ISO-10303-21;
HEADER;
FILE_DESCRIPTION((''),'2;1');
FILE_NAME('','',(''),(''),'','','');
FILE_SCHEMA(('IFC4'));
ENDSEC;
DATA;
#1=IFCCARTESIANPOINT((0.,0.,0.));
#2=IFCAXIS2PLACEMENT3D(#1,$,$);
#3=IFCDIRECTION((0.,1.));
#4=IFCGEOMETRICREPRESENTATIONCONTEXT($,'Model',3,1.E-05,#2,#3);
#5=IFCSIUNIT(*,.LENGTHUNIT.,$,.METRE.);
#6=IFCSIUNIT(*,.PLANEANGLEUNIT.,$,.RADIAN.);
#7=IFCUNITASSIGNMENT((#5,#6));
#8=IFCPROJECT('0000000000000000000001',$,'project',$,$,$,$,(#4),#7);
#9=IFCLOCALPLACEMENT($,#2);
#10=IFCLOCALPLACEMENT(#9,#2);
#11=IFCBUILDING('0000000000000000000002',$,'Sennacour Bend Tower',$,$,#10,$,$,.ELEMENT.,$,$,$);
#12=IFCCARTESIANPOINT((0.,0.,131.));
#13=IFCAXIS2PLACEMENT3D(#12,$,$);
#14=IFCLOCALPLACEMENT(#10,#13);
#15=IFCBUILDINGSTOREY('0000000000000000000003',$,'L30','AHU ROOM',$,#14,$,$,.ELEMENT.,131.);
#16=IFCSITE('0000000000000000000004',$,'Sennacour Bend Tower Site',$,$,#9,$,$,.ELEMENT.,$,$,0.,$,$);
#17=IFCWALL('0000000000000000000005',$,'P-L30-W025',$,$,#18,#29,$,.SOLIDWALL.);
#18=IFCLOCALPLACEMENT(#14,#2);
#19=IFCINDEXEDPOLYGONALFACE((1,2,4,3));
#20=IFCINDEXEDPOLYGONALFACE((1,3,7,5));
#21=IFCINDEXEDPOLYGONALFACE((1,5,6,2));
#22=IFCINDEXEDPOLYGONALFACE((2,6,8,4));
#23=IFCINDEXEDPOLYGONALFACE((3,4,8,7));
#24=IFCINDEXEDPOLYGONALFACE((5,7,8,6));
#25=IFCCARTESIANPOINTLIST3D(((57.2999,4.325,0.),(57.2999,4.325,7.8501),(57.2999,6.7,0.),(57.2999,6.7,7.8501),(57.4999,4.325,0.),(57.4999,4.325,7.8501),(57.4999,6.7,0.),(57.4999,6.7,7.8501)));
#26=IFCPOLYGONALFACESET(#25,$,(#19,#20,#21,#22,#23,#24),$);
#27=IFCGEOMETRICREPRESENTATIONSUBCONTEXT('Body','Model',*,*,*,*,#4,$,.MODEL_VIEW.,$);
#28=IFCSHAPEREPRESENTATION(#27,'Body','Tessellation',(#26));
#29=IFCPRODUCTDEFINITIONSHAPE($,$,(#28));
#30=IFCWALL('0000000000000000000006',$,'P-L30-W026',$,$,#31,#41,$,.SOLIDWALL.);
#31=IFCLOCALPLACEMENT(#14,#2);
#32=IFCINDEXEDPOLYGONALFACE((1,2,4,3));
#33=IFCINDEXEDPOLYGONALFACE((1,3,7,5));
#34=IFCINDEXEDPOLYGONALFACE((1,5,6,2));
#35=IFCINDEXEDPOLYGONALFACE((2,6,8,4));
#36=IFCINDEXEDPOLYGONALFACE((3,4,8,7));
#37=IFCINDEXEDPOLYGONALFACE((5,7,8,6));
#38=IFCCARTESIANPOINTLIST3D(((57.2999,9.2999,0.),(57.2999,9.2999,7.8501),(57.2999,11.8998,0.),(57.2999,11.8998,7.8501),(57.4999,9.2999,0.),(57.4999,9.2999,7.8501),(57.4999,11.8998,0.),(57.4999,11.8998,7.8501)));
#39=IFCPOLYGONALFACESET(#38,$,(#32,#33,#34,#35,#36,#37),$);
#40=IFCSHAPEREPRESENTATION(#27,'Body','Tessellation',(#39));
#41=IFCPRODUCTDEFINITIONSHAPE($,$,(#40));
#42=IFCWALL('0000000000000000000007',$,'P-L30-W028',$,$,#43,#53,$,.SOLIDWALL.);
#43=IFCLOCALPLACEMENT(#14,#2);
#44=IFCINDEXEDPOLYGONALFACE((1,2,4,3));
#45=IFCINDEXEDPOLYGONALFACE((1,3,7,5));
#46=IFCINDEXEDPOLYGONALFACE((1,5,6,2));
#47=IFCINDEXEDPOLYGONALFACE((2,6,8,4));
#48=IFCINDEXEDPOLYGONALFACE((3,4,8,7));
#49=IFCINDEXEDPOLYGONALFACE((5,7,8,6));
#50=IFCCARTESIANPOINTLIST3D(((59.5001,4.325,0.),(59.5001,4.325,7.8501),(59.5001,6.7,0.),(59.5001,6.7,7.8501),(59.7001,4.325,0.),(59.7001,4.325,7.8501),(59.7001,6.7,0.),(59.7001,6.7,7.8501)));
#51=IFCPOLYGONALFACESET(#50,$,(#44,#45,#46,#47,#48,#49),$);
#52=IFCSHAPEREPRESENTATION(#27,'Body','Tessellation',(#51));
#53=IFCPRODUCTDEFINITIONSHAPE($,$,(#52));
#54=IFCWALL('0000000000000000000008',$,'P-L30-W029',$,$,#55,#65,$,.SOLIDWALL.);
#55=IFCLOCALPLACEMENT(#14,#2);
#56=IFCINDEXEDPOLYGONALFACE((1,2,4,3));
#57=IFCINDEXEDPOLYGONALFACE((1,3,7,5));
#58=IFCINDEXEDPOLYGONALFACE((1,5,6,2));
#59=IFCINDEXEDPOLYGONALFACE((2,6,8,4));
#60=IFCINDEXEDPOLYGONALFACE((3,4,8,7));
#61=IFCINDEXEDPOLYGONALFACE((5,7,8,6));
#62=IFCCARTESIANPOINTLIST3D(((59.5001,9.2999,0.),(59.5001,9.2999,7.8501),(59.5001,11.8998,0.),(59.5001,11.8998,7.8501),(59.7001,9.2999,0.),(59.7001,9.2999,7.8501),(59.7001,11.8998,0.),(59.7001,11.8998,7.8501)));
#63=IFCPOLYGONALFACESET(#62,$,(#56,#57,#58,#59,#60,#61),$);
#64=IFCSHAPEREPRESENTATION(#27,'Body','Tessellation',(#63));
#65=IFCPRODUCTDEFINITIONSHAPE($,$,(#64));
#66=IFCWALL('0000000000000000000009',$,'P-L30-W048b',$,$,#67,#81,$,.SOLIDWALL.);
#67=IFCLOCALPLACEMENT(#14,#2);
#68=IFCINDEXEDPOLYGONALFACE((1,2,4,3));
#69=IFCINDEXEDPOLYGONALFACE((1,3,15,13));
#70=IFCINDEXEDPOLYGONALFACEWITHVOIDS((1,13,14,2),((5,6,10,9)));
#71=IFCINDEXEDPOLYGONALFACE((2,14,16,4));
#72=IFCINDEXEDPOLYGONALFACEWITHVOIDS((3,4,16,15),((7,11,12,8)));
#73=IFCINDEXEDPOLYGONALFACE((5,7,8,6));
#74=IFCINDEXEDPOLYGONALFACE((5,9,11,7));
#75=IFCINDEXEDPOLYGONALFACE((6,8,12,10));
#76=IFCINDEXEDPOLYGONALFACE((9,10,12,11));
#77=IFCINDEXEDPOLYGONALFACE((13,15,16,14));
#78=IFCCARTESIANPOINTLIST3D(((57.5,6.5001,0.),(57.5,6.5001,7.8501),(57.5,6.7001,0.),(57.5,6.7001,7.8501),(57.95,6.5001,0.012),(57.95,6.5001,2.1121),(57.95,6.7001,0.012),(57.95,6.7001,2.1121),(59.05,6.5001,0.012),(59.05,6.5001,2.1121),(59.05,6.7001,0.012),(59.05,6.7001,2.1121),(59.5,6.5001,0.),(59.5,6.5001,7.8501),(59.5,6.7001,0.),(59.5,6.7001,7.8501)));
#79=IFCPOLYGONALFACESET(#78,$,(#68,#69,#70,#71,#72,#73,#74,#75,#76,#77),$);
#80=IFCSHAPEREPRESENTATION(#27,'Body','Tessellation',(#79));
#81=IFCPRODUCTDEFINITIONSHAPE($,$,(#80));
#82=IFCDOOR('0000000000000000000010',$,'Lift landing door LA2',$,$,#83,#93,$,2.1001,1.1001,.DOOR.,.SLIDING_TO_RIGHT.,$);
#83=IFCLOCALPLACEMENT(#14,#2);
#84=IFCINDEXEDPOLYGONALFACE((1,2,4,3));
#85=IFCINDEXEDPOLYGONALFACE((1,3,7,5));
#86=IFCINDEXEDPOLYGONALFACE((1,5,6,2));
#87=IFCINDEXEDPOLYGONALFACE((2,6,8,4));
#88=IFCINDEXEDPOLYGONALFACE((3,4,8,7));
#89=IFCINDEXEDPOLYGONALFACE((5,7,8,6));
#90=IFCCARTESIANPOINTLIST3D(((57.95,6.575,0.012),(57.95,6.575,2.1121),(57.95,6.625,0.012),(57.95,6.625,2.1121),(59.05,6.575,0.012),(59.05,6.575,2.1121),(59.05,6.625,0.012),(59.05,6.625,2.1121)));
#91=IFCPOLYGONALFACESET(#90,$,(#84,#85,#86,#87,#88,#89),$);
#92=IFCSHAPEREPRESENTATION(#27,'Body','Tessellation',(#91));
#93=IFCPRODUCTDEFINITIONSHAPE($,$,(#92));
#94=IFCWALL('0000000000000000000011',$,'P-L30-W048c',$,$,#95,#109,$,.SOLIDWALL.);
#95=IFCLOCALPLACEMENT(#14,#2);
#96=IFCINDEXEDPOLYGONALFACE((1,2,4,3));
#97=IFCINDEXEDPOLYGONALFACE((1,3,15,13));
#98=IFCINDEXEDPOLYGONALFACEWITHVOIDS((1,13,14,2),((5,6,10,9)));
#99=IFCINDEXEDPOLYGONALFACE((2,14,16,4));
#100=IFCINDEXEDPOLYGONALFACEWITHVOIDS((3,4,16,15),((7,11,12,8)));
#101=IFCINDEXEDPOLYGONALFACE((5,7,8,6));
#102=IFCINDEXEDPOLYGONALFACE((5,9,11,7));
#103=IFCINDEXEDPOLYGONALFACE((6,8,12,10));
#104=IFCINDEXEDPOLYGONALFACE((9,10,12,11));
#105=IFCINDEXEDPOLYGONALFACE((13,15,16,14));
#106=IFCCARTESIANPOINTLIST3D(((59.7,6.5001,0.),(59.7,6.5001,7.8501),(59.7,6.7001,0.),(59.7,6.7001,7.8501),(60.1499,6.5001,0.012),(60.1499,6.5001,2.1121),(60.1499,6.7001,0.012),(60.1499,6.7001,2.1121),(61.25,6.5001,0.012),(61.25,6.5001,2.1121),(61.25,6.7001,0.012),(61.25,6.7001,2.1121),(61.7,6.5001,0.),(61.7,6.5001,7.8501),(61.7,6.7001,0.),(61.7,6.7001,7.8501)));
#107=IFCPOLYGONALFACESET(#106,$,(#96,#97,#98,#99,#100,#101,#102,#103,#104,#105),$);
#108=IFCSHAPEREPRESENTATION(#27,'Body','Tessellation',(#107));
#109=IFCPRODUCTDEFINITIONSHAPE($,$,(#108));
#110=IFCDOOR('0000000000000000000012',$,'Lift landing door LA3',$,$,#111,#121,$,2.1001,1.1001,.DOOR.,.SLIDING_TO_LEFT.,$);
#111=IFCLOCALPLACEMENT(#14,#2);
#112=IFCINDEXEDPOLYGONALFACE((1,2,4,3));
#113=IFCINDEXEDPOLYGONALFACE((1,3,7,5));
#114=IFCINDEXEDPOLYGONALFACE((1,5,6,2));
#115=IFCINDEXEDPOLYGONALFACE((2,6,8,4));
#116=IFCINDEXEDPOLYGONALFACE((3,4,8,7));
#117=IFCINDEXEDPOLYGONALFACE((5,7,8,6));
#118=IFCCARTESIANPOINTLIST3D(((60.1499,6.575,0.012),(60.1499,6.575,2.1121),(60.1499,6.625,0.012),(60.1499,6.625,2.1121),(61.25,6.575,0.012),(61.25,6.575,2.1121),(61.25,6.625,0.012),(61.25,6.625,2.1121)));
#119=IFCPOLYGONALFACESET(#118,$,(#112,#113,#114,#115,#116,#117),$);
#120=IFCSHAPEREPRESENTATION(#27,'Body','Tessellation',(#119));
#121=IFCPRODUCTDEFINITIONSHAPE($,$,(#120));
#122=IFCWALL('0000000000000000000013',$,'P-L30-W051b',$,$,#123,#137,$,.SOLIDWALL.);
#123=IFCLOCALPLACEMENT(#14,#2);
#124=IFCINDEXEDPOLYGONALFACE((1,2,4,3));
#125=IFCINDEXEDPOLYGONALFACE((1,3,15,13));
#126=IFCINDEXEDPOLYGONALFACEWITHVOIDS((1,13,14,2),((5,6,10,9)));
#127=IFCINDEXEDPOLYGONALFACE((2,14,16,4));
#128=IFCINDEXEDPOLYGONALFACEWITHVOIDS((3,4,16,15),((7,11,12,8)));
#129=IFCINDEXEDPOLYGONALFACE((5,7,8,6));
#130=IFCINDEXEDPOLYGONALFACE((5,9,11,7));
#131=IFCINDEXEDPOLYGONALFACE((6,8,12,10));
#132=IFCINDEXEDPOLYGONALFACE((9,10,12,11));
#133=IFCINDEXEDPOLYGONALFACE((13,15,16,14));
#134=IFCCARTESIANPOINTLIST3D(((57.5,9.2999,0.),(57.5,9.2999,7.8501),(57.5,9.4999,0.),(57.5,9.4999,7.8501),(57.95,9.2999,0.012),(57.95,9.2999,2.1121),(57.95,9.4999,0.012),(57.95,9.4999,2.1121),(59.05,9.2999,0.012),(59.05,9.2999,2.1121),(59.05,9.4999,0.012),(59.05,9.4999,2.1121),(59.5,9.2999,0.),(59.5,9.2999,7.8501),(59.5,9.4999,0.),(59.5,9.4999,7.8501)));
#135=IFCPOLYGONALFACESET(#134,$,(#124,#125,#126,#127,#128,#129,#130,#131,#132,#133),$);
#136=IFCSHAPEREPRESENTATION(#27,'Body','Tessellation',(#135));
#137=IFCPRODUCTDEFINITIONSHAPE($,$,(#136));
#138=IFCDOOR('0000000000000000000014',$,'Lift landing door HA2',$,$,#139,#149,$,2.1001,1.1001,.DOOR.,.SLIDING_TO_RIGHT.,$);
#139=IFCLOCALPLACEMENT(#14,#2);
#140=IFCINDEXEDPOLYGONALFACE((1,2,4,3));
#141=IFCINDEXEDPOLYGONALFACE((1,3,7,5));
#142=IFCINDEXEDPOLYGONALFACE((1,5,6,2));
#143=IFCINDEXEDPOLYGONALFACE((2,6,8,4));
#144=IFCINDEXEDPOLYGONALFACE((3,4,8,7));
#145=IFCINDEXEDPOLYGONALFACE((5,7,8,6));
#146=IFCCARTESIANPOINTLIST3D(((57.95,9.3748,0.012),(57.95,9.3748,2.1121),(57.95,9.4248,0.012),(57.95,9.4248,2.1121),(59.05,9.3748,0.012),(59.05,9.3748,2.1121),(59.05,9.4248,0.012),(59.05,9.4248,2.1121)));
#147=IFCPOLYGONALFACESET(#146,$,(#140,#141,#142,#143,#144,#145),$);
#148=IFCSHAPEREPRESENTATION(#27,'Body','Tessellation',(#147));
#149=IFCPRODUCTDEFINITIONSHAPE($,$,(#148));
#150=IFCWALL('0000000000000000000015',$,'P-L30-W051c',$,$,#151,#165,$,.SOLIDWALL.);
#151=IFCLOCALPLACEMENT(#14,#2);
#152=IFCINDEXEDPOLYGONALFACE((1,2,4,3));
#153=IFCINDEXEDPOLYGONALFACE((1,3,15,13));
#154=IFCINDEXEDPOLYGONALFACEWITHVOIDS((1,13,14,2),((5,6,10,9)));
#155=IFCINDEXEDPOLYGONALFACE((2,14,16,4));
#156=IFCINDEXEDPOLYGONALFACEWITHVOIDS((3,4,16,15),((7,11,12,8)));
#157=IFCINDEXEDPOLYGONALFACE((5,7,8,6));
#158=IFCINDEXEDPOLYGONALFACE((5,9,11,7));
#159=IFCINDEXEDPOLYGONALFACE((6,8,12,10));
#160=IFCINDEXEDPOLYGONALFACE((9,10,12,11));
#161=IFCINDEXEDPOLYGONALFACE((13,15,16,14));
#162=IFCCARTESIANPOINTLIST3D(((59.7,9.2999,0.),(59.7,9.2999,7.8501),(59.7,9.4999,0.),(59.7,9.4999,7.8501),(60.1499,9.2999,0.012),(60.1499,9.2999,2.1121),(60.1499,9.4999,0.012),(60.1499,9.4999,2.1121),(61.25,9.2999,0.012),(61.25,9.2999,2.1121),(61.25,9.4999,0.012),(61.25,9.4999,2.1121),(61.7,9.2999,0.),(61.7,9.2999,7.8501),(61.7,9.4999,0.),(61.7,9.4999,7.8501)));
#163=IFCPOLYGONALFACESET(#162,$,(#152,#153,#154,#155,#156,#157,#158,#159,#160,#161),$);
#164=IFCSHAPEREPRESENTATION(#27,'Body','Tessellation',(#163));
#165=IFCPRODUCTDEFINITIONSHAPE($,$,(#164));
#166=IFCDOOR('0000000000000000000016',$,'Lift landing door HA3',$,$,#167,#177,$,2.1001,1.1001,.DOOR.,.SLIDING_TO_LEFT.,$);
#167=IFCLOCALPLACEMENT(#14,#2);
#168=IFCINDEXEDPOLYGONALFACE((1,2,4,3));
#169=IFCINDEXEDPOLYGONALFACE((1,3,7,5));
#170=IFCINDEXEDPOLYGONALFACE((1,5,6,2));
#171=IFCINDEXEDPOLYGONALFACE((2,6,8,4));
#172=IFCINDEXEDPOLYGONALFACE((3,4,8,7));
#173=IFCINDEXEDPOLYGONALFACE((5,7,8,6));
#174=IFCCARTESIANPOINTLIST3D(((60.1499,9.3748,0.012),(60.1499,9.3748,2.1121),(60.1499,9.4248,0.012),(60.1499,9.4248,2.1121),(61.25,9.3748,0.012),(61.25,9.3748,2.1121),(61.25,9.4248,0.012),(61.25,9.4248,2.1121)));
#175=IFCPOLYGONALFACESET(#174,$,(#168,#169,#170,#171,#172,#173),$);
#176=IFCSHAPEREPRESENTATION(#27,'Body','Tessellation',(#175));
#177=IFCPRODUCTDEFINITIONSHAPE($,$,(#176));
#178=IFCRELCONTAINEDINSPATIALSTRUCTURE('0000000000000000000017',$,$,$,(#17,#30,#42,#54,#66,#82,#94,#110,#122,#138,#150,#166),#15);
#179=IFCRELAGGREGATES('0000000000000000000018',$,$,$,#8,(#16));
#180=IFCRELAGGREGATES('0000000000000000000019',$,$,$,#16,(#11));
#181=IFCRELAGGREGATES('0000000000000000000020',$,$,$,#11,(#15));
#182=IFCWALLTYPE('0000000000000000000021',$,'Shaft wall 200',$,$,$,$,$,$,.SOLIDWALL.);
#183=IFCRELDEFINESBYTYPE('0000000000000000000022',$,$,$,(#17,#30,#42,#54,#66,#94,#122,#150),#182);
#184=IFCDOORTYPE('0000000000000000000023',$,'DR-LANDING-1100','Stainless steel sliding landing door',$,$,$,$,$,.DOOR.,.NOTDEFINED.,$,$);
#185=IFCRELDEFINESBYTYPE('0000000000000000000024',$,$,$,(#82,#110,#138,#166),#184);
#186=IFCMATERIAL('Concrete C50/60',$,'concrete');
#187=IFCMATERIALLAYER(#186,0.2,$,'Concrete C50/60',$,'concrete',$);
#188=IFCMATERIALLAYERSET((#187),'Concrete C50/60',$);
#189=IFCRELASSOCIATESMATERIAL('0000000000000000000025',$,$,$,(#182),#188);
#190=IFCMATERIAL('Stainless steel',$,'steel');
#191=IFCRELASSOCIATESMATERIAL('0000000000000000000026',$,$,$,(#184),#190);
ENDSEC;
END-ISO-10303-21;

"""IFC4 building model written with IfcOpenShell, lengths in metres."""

from ifc_helpers import new_model, si_unit, direction, frame, frame_2d, origin, place, context, subcontext, project, spatial, rectangle, extrude, material, layer, layer_set, type_object, element, fill, save


model = new_model("IFC4")

# Units and contexts
model_context = context("Model", 3, precision=1e-05, world=origin(), true_north=direction((0.0, 1.0)))
body_context = subcontext(model_context, "Body", "Model", "MODEL_VIEW")
ifc_project = project(units=[si_unit("LENGTHUNIT", "METRE"), si_unit("PLANEANGLEUNIT", "RADIAN")], contexts=[model_context])

# Site, building, storey
site_placement = place(None, origin())
site = spatial("IfcSite", under=ifc_project, at=site_placement, Name="Sennacour Bend Tower Site", CompositionType="ELEMENT", RefElevation=0.0)
building_placement = place(site_placement, origin())
building = spatial("IfcBuilding", under=site, at=building_placement, Name="Sennacour Bend Tower", CompositionType="ELEMENT")
storey_placement = place(building_placement, frame((0.0, 0.0, 131.0)))
storey = spatial("IfcBuildingStorey", under=building, at=storey_placement, Name="L30", Description="AHU ROOM", CompositionType="ELEMENT", Elevation=131.0)

# Walls
ifc_material_1 = material(Name="Concrete C50/60", Category="concrete")
ifc_layer = layer(ifc_material_1, 0.2, Name="Concrete C50/60", Category="concrete")
ifc_layer_set = layer_set([ifc_layer], Name="Concrete C50/60")
wall_type = type_object("IfcWallType", Name="Shaft wall 200", PredefinedType="SOLIDWALL", material=ifc_layer_set)
wall_1_placement = place(storey_placement, frame((57.3999, 4.325, 0.0), z_axis=(0.0, 0.0, 1.0), x_axis=(0.0, 1.0, 0.0)))
element("IfcWall", 1, at=wall_1_placement, inside=storey, type_object=wall_type, Name="P-L30-W025", PredefinedType="SOLIDWALL", context=body_context, shape_type="SweptSolid", body=[
    extrude(rectangle(XDim=2.375, YDim=0.2, at=frame_2d((1.1875, 0.0))), origin(), (0.0, 0.0, 1.0), 7.8501),
])
wall_2_placement = place(storey_placement, frame((57.3999, 9.3, 0.0), z_axis=(0.0, 0.0, 1.0), x_axis=(0.0, 1.0, 0.0)))
element("IfcWall", 2, at=wall_2_placement, inside=storey, type_object=wall_type, Name="P-L30-W026", PredefinedType="SOLIDWALL", context=body_context, shape_type="SweptSolid", body=[
    extrude(rectangle(XDim=2.5999, YDim=0.2, at=frame_2d((1.2998, 0.0))), origin(), (0.0, 0.0, 1.0), 7.8501),
])
wall_3_placement = place(storey_placement, frame((59.6001, 4.325, 0.0), z_axis=(0.0, 0.0, 1.0), x_axis=(0.0, 1.0, 0.0)))
element("IfcWall", 3, at=wall_3_placement, inside=storey, type_object=wall_type, Name="P-L30-W028", PredefinedType="SOLIDWALL", context=body_context, shape_type="SweptSolid", body=[
    extrude(rectangle(XDim=2.375, YDim=0.2, at=frame_2d((1.1875, 0.0))), origin(), (0.0, 0.0, 1.0), 7.8501),
])
wall_4_placement = place(storey_placement, frame((59.6001, 9.3, 0.0), z_axis=(0.0, 0.0, 1.0), x_axis=(0.0, 1.0, 0.0)))
element("IfcWall", 4, at=wall_4_placement, inside=storey, type_object=wall_type, Name="P-L30-W029", PredefinedType="SOLIDWALL", context=body_context, shape_type="SweptSolid", body=[
    extrude(rectangle(XDim=2.5999, YDim=0.2, at=frame_2d((1.2998, 0.0))), origin(), (0.0, 0.0, 1.0), 7.8501),
])

# Walls, openings, doors
wall_5_placement = place(storey_placement, frame((57.5, 6.6001, 0.0), z_axis=(0.0, 0.0, 1.0), x_axis=(1.0, 0.0, 0.0)))
wall_5 = element("IfcWall", 5, at=wall_5_placement, inside=storey, type_object=wall_type, Name="P-L30-W048b", PredefinedType="SOLIDWALL", context=body_context, shape_type="SweptSolid", body=[
    extrude(rectangle(XDim=2.0, YDim=0.2, at=frame_2d((1.0, 0.0))), origin(), (0.0, 0.0, 1.0), 7.8501),
])
opening_1_placement = place(wall_5_placement, frame((0.45, 0.0, 0.012)))
opening_1 = element("IfcOpeningElement", 6, at=opening_1_placement, cuts=wall_5, PredefinedType="OPENING", context=body_context, shape_type="SweptSolid", body=[
    extrude(rectangle(XDim=1.1001, YDim=2.1001, at=frame_2d((0.55, 1.05))), frame((0.0, 0.1099, 0.0), z_axis=(0.0, -1.0, 0.0), x_axis=(1.0, 0.0, 0.0)), (0.0, 0.0, 1.0), 0.22),
])
ifc_material_2 = material(Name="Stainless steel", Category="steel")
door_type = type_object("IfcDoorType", Name="DR-LANDING-1100", Description="Stainless steel sliding landing door", OperationType="NOTDEFINED", PredefinedType="DOOR", material=ifc_material_2)
door_1_placement = place(opening_1_placement, origin())
door_1 = element("IfcDoor", 7, at=door_1_placement, inside=storey, type_object=door_type, Name="Lift landing door LA2", OperationType="SLIDING_TO_RIGHT", OverallHeight=2.1001, OverallWidth=1.1001, PredefinedType="DOOR", context=body_context, shape_type="SweptSolid", body=[
    extrude(rectangle(XDim=1.1001, YDim=2.1001, at=frame_2d((0.55, 1.05))), frame((0.0, 0.0249, 0.0), z_axis=(0.0, -1.0, 0.0), x_axis=(1.0, 0.0, 0.0)), (0.0, 0.0, 1.0), 0.05),
])
fill(opening_1, door_1)
wall_6_placement = place(storey_placement, frame((59.7, 6.6001, 0.0), z_axis=(0.0, 0.0, 1.0), x_axis=(1.0, 0.0, 0.0)))
wall_6 = element("IfcWall", 8, at=wall_6_placement, inside=storey, type_object=wall_type, Name="P-L30-W048c", PredefinedType="SOLIDWALL", context=body_context, shape_type="SweptSolid", body=[
    extrude(rectangle(XDim=2.0, YDim=0.2, at=frame_2d((1.0, 0.0))), origin(), (0.0, 0.0, 1.0), 7.8501),
])
opening_2_placement = place(wall_6_placement, frame((0.45, 0.0, 0.012)))
opening_2 = element("IfcOpeningElement", 9, at=opening_2_placement, cuts=wall_6, PredefinedType="OPENING", context=body_context, shape_type="SweptSolid", body=[
    extrude(rectangle(XDim=1.1001, YDim=2.1001, at=frame_2d((0.55, 1.05))), frame((0.0, 0.1099, 0.0), z_axis=(0.0, -1.0, 0.0), x_axis=(1.0, 0.0, 0.0)), (0.0, 0.0, 1.0), 0.22),
])
door_2_placement = place(opening_2_placement, origin())
door_2 = element("IfcDoor", 10, at=door_2_placement, inside=storey, type_object=door_type, Name="Lift landing door LA3", OperationType="SLIDING_TO_LEFT", OverallHeight=2.1001, OverallWidth=1.1001, PredefinedType="DOOR", context=body_context, shape_type="SweptSolid", body=[
    extrude(rectangle(XDim=1.1001, YDim=2.1001, at=frame_2d((0.55, 1.05))), frame((0.0, 0.0249, 0.0), z_axis=(0.0, -1.0, 0.0), x_axis=(1.0, 0.0, 0.0)), (0.0, 0.0, 1.0), 0.05),
])
fill(opening_2, door_2)
wall_7_placement = place(storey_placement, frame((57.5, 9.3999, 0.0), z_axis=(0.0, 0.0, 1.0), x_axis=(1.0, 0.0, 0.0)))
wall_7 = element("IfcWall", 11, at=wall_7_placement, inside=storey, type_object=wall_type, Name="P-L30-W051b", PredefinedType="SOLIDWALL", context=body_context, shape_type="SweptSolid", body=[
    extrude(rectangle(XDim=2.0, YDim=0.2, at=frame_2d((1.0, 0.0))), origin(), (0.0, 0.0, 1.0), 7.8501),
])
opening_3_placement = place(wall_7_placement, frame((0.45, 0.0, 0.012)))
opening_3 = element("IfcOpeningElement", 12, at=opening_3_placement, cuts=wall_7, PredefinedType="OPENING", context=body_context, shape_type="SweptSolid", body=[
    extrude(rectangle(XDim=1.1001, YDim=2.1001, at=frame_2d((0.55, 1.05))), frame((0.0, 0.1099, 0.0), z_axis=(0.0, -1.0, 0.0), x_axis=(1.0, 0.0, 0.0)), (0.0, 0.0, 1.0), 0.22),
])
door_3_placement = place(opening_3_placement, origin())
door_3 = element("IfcDoor", 13, at=door_3_placement, inside=storey, type_object=door_type, Name="Lift landing door HA2", OperationType="SLIDING_TO_RIGHT", OverallHeight=2.1001, OverallWidth=1.1001, PredefinedType="DOOR", context=body_context, shape_type="SweptSolid", body=[
    extrude(rectangle(XDim=1.1001, YDim=2.1001, at=frame_2d((0.55, 1.05))), frame((0.0, 0.0249, 0.0), z_axis=(0.0, -1.0, 0.0), x_axis=(1.0, 0.0, 0.0)), (0.0, 0.0, 1.0), 0.05),
])
fill(opening_3, door_3)
wall_8_placement = place(storey_placement, frame((59.7, 9.3999, 0.0), z_axis=(0.0, 0.0, 1.0), x_axis=(1.0, 0.0, 0.0)))
wall_8 = element("IfcWall", 14, at=wall_8_placement, inside=storey, type_object=wall_type, Name="P-L30-W051c", PredefinedType="SOLIDWALL", context=body_context, shape_type="SweptSolid", body=[
    extrude(rectangle(XDim=2.0, YDim=0.2, at=frame_2d((1.0, 0.0))), origin(), (0.0, 0.0, 1.0), 7.8501),
])
opening_4_placement = place(wall_8_placement, frame((0.45, 0.0, 0.012)))
opening_4 = element("IfcOpeningElement", 15, at=opening_4_placement, cuts=wall_8, PredefinedType="OPENING", context=body_context, shape_type="SweptSolid", body=[
    extrude(rectangle(XDim=1.1001, YDim=2.1001, at=frame_2d((0.55, 1.05))), frame((0.0, 0.1099, 0.0), z_axis=(0.0, -1.0, 0.0), x_axis=(1.0, 0.0, 0.0)), (0.0, 0.0, 1.0), 0.22),
])
door_4_placement = place(opening_4_placement, origin())
door_4 = element("IfcDoor", 16, at=door_4_placement, inside=storey, type_object=door_type, Name="Lift landing door HA3", OperationType="SLIDING_TO_LEFT", OverallHeight=2.1001, OverallWidth=1.1001, PredefinedType="DOOR", context=body_context, shape_type="SweptSolid", body=[
    extrude(rectangle(XDim=1.1001, YDim=2.1001, at=frame_2d((0.55, 1.05))), frame((0.0, 0.0249, 0.0), z_axis=(0.0, -1.0, 0.0), x_axis=(1.0, 0.0, 0.0)), (0.0, 0.0, 1.0), 0.05),
])
fill(opening_4, door_4)

save(model, "model.ifc")
